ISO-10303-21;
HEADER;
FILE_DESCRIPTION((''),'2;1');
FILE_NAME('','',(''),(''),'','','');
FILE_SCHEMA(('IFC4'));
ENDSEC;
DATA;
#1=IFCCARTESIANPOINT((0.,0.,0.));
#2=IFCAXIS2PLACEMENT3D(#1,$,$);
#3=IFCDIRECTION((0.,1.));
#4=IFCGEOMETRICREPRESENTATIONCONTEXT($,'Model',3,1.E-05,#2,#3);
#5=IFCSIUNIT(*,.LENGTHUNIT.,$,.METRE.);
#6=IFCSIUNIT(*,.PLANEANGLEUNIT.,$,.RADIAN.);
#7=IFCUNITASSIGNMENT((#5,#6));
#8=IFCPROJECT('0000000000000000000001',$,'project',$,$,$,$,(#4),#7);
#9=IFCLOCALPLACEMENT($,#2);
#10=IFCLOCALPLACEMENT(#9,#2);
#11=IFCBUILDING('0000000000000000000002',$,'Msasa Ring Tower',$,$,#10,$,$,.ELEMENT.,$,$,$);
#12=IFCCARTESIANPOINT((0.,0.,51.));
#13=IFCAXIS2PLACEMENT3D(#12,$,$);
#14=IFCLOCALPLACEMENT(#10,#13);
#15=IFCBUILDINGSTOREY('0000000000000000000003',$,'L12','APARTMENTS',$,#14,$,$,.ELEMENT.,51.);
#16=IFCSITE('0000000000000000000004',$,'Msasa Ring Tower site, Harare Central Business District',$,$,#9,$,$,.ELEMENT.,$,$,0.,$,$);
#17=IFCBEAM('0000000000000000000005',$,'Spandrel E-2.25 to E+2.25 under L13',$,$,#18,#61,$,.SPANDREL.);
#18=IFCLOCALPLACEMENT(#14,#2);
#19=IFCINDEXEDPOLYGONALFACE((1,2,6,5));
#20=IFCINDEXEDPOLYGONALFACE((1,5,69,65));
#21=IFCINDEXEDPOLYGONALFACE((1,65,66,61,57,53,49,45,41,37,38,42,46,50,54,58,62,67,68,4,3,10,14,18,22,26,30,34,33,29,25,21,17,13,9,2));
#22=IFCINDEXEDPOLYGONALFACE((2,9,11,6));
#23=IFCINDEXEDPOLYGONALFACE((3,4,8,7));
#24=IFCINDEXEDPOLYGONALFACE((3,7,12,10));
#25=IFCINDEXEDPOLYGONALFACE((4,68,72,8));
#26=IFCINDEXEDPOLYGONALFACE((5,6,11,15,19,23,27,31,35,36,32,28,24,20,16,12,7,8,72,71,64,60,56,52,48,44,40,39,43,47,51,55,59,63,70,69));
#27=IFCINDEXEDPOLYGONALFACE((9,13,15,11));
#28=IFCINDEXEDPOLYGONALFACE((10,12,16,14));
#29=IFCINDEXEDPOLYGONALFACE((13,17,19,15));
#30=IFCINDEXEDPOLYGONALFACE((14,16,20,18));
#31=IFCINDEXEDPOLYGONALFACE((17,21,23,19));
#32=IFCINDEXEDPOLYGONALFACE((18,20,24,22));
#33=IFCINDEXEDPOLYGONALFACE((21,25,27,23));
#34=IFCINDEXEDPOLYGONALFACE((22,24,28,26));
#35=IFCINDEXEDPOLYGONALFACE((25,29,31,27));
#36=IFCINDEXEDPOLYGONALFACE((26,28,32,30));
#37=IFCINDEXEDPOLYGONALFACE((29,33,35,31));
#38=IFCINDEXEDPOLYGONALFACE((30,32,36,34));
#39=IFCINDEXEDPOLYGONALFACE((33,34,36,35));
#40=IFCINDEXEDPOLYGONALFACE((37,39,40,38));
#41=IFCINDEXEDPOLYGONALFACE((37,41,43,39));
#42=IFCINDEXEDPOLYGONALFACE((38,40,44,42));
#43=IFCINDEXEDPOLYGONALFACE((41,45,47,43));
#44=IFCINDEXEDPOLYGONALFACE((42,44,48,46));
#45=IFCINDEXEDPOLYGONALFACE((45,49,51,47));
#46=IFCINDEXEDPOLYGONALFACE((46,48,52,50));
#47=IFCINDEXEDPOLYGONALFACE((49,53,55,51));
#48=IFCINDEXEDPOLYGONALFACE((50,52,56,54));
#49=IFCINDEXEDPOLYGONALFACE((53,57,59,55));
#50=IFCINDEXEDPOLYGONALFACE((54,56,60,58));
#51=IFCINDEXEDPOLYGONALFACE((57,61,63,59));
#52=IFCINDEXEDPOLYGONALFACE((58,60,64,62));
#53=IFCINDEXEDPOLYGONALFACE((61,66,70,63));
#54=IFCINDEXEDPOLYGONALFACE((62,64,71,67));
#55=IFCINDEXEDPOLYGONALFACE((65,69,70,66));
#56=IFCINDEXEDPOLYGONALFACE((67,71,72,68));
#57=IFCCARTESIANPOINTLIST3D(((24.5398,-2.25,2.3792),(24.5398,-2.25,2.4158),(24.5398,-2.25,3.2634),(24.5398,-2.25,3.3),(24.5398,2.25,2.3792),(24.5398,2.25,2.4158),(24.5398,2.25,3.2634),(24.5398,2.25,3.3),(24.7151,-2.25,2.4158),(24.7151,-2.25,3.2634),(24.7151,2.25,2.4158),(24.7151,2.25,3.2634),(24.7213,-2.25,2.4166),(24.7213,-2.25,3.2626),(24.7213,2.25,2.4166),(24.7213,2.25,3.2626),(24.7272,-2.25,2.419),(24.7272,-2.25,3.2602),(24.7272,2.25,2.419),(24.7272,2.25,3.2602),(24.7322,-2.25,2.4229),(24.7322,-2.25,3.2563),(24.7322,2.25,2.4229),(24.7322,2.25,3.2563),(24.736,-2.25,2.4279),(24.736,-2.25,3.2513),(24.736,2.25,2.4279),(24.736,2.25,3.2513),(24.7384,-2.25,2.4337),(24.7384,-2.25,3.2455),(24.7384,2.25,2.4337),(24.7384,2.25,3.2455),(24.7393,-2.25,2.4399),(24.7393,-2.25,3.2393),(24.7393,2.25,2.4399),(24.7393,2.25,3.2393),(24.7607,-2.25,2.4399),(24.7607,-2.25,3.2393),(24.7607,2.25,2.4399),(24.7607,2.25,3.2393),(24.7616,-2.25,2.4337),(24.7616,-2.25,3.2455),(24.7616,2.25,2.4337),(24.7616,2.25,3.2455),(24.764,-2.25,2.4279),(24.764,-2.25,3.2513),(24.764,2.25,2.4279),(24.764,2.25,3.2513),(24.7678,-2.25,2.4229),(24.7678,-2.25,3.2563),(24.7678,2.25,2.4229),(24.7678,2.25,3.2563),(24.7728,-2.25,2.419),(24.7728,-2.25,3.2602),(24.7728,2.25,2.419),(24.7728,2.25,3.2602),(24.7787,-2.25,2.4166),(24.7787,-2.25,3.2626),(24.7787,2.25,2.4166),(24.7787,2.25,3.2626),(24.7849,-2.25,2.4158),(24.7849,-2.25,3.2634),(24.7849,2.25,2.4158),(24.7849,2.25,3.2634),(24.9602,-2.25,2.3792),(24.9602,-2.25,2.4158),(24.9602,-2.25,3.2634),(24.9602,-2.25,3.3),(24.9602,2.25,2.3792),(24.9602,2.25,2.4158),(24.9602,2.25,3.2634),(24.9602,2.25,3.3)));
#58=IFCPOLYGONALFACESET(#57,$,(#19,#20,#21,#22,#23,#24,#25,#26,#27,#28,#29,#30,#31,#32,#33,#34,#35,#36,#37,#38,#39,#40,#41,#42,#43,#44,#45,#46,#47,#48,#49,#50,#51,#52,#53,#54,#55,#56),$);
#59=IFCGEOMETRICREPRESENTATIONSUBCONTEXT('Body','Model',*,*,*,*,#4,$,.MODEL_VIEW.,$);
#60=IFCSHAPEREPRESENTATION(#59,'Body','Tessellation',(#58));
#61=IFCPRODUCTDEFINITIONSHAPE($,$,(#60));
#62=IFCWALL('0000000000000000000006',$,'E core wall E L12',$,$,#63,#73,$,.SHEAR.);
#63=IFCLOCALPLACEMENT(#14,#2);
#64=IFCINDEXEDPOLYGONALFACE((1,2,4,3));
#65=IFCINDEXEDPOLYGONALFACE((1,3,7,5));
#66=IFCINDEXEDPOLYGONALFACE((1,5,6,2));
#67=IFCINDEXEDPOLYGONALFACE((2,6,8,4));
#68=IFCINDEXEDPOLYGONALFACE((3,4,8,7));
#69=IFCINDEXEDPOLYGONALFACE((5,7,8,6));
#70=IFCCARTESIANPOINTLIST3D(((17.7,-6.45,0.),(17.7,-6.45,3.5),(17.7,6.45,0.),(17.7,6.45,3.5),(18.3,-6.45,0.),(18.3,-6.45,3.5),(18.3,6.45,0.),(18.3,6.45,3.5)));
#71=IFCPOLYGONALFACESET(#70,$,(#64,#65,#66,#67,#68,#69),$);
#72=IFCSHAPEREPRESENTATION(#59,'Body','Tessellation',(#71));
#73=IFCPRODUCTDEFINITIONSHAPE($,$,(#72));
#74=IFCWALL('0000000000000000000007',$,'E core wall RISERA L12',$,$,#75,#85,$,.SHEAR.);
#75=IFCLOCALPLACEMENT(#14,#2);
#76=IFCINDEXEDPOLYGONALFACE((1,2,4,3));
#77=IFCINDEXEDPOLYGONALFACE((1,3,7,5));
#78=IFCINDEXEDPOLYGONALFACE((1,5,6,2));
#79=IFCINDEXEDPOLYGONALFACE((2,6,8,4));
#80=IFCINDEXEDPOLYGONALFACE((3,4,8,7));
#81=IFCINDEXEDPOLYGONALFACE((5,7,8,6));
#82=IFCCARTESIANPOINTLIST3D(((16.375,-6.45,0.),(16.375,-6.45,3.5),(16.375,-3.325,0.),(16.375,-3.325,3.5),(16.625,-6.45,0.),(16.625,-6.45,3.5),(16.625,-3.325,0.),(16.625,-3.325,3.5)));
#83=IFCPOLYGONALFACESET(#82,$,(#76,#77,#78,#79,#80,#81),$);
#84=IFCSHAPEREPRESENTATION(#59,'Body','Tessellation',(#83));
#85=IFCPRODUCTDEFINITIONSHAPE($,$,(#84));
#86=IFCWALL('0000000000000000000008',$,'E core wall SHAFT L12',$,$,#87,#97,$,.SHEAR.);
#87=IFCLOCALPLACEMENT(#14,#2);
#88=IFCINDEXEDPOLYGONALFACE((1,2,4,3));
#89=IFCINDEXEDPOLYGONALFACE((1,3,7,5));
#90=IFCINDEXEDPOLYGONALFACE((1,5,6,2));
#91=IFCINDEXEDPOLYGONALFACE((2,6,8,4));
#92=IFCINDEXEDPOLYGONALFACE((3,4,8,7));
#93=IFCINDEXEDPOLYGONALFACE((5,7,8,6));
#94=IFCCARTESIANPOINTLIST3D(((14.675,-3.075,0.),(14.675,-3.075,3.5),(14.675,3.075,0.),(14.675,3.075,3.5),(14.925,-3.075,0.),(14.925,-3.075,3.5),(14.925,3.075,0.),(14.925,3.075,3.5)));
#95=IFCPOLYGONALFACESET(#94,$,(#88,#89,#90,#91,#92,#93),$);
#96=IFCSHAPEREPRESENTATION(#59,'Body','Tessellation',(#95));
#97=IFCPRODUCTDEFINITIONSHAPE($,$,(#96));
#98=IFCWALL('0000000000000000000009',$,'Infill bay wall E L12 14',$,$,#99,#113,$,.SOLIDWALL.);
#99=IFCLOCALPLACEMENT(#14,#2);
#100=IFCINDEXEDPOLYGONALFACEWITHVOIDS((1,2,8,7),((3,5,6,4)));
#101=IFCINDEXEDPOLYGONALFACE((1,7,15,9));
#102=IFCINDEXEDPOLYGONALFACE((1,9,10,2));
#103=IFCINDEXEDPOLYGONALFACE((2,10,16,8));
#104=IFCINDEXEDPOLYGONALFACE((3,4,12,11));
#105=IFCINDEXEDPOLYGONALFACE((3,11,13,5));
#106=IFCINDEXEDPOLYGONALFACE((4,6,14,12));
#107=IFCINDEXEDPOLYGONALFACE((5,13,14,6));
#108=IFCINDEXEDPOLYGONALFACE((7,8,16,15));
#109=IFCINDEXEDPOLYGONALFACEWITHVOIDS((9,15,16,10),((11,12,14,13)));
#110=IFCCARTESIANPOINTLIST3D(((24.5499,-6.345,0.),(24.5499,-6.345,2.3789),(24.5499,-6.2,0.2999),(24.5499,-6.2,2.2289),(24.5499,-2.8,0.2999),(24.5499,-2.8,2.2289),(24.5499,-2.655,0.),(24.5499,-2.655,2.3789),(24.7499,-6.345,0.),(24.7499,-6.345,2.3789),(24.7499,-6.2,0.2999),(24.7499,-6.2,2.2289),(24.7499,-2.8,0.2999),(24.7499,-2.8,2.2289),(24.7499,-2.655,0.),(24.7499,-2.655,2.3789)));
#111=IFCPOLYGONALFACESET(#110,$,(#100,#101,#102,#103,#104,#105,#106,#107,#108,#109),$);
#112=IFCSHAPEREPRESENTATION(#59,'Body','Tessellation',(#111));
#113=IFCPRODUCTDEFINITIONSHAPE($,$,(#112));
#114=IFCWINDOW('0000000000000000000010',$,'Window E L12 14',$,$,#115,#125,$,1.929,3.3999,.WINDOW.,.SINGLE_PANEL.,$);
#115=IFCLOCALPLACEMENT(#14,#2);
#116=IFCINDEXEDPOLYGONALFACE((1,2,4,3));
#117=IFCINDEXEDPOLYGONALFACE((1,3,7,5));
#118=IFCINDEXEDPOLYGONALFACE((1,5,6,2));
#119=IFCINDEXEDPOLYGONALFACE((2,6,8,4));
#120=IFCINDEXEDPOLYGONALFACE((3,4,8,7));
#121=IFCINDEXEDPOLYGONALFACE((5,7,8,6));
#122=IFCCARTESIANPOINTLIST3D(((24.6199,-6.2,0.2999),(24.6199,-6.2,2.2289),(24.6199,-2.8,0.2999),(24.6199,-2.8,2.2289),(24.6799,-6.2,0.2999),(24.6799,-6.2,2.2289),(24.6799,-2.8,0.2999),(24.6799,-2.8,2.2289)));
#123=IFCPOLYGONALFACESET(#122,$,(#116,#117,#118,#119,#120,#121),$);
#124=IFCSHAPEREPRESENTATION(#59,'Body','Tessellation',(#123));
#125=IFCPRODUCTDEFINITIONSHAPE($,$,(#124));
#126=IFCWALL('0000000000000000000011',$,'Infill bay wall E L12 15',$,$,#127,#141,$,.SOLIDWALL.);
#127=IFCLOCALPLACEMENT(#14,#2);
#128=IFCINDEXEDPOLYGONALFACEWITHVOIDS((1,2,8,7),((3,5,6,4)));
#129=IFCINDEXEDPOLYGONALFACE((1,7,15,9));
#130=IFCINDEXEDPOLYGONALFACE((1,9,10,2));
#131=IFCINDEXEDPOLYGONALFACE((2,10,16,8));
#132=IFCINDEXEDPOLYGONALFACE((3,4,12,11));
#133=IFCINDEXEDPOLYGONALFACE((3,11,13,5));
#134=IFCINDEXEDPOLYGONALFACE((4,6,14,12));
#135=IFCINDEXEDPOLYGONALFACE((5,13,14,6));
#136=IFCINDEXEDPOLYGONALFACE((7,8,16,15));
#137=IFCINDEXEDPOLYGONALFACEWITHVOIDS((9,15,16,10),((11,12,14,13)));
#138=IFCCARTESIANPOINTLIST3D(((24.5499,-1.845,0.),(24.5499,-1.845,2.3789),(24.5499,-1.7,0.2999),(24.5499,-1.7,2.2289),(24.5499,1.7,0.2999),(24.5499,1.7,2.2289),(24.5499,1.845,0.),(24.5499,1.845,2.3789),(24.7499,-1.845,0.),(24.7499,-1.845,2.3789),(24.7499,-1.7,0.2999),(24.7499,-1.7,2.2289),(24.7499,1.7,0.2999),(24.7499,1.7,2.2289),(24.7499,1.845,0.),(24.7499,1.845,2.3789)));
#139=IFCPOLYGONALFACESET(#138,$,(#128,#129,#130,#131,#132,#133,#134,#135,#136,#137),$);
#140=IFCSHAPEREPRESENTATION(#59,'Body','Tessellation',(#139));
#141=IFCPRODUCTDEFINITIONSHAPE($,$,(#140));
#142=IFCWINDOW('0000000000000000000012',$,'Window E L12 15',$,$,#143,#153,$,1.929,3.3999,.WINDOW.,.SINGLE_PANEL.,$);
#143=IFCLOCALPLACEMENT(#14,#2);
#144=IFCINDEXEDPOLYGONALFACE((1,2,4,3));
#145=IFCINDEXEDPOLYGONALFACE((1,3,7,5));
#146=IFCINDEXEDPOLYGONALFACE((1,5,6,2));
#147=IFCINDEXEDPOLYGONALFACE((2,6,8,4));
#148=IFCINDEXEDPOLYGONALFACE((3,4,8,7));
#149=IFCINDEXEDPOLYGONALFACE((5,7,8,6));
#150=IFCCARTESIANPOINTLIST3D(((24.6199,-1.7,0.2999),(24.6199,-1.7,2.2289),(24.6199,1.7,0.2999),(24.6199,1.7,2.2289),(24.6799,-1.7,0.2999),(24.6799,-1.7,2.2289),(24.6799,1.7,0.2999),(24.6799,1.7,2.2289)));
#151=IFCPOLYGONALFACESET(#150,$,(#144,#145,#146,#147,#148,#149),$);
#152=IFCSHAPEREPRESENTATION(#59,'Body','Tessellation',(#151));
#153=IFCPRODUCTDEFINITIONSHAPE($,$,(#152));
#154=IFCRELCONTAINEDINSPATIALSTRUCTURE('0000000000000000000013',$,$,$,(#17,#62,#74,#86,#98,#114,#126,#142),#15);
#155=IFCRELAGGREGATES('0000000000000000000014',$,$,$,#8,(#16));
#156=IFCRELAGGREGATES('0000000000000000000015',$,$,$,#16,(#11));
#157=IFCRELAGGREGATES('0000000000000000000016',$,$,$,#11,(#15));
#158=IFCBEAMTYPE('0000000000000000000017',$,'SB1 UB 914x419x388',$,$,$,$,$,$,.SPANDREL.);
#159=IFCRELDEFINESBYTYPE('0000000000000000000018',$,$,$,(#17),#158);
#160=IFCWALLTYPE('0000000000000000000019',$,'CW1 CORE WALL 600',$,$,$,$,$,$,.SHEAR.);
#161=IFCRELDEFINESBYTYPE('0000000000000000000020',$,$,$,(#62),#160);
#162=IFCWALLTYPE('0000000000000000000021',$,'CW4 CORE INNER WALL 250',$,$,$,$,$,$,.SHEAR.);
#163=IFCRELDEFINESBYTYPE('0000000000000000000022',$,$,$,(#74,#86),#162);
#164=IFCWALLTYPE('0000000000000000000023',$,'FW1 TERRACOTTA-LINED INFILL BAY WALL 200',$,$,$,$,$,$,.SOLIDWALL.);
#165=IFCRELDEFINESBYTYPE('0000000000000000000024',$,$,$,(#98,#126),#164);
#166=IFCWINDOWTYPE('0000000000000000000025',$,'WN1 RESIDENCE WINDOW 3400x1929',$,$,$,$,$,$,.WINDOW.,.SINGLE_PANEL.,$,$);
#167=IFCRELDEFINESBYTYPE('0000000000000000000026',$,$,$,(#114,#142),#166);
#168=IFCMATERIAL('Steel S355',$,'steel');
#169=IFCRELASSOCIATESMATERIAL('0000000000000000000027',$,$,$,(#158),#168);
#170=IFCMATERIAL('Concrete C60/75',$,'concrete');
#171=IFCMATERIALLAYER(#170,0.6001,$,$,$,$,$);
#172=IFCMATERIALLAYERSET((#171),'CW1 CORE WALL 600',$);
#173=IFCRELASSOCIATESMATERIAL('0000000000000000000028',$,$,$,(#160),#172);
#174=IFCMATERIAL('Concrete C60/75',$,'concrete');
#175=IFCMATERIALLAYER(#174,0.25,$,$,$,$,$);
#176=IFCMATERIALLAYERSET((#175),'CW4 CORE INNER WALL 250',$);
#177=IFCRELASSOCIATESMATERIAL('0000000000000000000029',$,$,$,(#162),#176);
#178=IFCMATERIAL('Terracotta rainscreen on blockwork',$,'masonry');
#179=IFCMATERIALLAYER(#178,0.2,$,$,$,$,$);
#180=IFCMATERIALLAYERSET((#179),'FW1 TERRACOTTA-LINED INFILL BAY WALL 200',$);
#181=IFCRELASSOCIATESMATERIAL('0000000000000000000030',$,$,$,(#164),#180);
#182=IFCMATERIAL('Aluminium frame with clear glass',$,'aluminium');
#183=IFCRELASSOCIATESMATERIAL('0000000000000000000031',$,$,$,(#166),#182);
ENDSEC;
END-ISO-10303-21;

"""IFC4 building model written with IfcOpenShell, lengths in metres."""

from ifc_helpers import new_model, si_unit, direction, frame, frame_2d, origin, origin_2d, place, context, subcontext, project, spatial, rectangle, i_section, extrude, material, layer, layer_set, material_profile, profile_set, type_object, element, fill, save


model = new_model("IFC4")

# Units and contexts
model_context = context("Model", 3, precision=1e-05, world=origin(), true_north=direction((0.0, 1.0)))
body_context = subcontext(model_context, "Body", "Model", "MODEL_VIEW")
ifc_project = project(units=[si_unit("LENGTHUNIT", "METRE"), si_unit("PLANEANGLEUNIT", "RADIAN")], contexts=[model_context])

# Site, building, storey
site_placement = place(None, origin())
site = spatial("IfcSite", under=ifc_project, at=site_placement, Name="Msasa Ring Tower site, Harare Central Business District", CompositionType="ELEMENT", RefElevation=0.0)
building_placement = place(site_placement, origin())
building = spatial("IfcBuilding", under=site, at=building_placement, Name="Msasa Ring Tower", CompositionType="ELEMENT")
storey_placement = place(building_placement, frame((0.0, 0.0, 51.0)))
storey = spatial("IfcBuildingStorey", under=building, at=storey_placement, Name="L12", Description="APARTMENTS", CompositionType="ELEMENT", Elevation=51.0)

# Beam
ifc_material_1 = material(Name="Steel S355", Category="steel")
ifc_material_profile_1 = material_profile(ifc_material_1, i_section(OverallWidth=0.4204, OverallDepth=0.9209, WebThickness=0.0215, FlangeThickness=0.0366, FilletRadius=0.0242, at=origin_2d()), Name="UB 914x419x388")
ifc_profile_set_1 = profile_set([ifc_material_profile_1], Name="Steel S355")
beam_type_1 = type_object("IfcBeamType", Name="SB1 UB 914x419x388", PredefinedType="SPANDREL", material=ifc_profile_set_1)
for number, where, z_axis, x_axis, name in (
    (1, (24.75, -2.25, 2.8396), (0.0, 1.0, 0.0), (-1.0, 0.0, 0.0), "Spandrel E-2.25 to E+2.25 under L13"),
):
    element("IfcBeam", number, at=place(storey_placement, frame(where, z_axis=z_axis, x_axis=x_axis)), inside=storey, type_object=beam_type_1, Name=name, PredefinedType="SPANDREL", context=body_context, shape_type="SweptSolid", body=[
        extrude(i_section(OverallWidth=0.4204, OverallDepth=0.9209, WebThickness=0.0215, FlangeThickness=0.0366, FilletRadius=0.0242, at=origin_2d()), origin(), (0.0, 0.0, 1.0), 4.5),
    ])

# Walls
ifc_material_2 = material(Name="Concrete C60/75", Category="concrete")
ifc_layer_1 = layer(ifc_material_2, 0.6001)
ifc_layer_set_1 = layer_set([ifc_layer_1], Name="CW1 CORE WALL 600")
wall_type_1 = type_object("IfcWallType", Name="CW1 CORE WALL 600", PredefinedType="SHEAR", material=ifc_layer_set_1)
wall_1_placement = place(storey_placement, frame((18.0, -6.45, 0.0), z_axis=(0.0, 0.0, 1.0), x_axis=(0.0, 1.0, 0.0)))
element("IfcWall", 2, at=wall_1_placement, inside=storey, type_object=wall_type_1, Name="E core wall E L12", PredefinedType="SHEAR", context=body_context, shape_type="SweptSolid", body=[
    extrude(rectangle(XDim=12.8999, YDim=0.6001, at=frame_2d((6.45, 0.0))), origin(), (0.0, 0.0, 1.0), 3.5),
])
ifc_material_3 = material(Name="Concrete C60/75", Category="concrete")
ifc_layer_2 = layer(ifc_material_3, 0.25)
ifc_layer_set_2 = layer_set([ifc_layer_2], Name="CW4 CORE INNER WALL 250")
wall_type_2 = type_object("IfcWallType", Name="CW4 CORE INNER WALL 250", PredefinedType="SHEAR", material=ifc_layer_set_2)
wall_2_placement = place(storey_placement, frame((16.5, -6.45, 0.0), z_axis=(0.0, 0.0, 1.0), x_axis=(0.0, 1.0, 0.0)))
element("IfcWall", 3, at=wall_2_placement, inside=storey, type_object=wall_type_2, Name="E core wall RISERA L12", PredefinedType="SHEAR", context=body_context, shape_type="SweptSolid", body=[
    extrude(rectangle(XDim=3.125, YDim=0.25, at=frame_2d((1.5625, 0.0))), origin(), (0.0, 0.0, 1.0), 3.5),
])
wall_3_placement = place(storey_placement, frame((14.8, -3.075, 0.0), z_axis=(0.0, 0.0, 1.0), x_axis=(0.0, 1.0, 0.0)))
element("IfcWall", 4, at=wall_3_placement, inside=storey, type_object=wall_type_2, Name="E core wall SHAFT L12", PredefinedType="SHEAR", context=body_context, shape_type="SweptSolid", body=[
    extrude(rectangle(XDim=6.1499, YDim=0.25, at=frame_2d((3.075, 0.0))), origin(), (0.0, 0.0, 1.0), 3.5),
])

# Walls, openings, windows
ifc_material_4 = material(Name="Terracotta rainscreen on blockwork", Category="masonry")
ifc_layer_3 = layer(ifc_material_4, 0.2)
ifc_layer_set_3 = layer_set([ifc_layer_3], Name="FW1 TERRACOTTA-LINED INFILL BAY WALL 200")
wall_type_3 = type_object("IfcWallType", Name="FW1 TERRACOTTA-LINED INFILL BAY WALL 200", PredefinedType="SOLIDWALL", material=ifc_layer_set_3)
wall_4_placement = place(storey_placement, frame((24.6499, -6.345, 0.0), z_axis=(0.0, 0.0, 1.0), x_axis=(0.0, 1.0, 0.0)))
wall_4 = element("IfcWall", 5, at=wall_4_placement, inside=storey, type_object=wall_type_3, Name="Infill bay wall E L12 14", PredefinedType="SOLIDWALL", context=body_context, shape_type="SweptSolid", body=[
    extrude(rectangle(XDim=3.6899, YDim=0.2, at=frame_2d((1.845, 0.0))), origin(), (0.0, 0.0, 1.0), 2.3789),
])
opening_1_placement = place(wall_4_placement, frame((0.145, 0.0, 0.3)))
opening_1 = element("IfcOpeningElement", 6, at=opening_1_placement, cuts=wall_4, PredefinedType="OPENING", context=body_context, shape_type="SweptSolid", body=[
    extrude(rectangle(XDim=3.3999, YDim=1.929, at=frame_2d((1.7, 0.9644))), frame((0.0, 0.1099, 0.0), z_axis=(0.0, -1.0, 0.0), x_axis=(1.0, 0.0, 0.0)), (0.0, 0.0, 1.0), 0.22),
])
ifc_material_5 = material(Name="Aluminium frame with clear glass", Category="aluminium")
window_type = type_object("IfcWindowType", Name="WN1 RESIDENCE WINDOW 3400x1929", PartitioningType="SINGLE_PANEL", PredefinedType="WINDOW", material=ifc_material_5)
window_1_placement = place(opening_1_placement, origin())
window_1 = element("IfcWindow", 7, at=window_1_placement, inside=storey, type_object=window_type, Name="Window E L12 14", OverallHeight=1.929, OverallWidth=3.3999, PartitioningType="SINGLE_PANEL", PredefinedType="WINDOW", context=body_context, shape_type="SweptSolid", body=[
    extrude(rectangle(XDim=3.3999, YDim=1.929, at=frame_2d((1.7, 0.9644))), frame((0.0, 0.03, 0.0), z_axis=(0.0, -1.0, 0.0), x_axis=(1.0, 0.0, 0.0)), (0.0, 0.0, 1.0), 0.0601),
])
fill(opening_1, window_1)
wall_5_placement = place(storey_placement, frame((24.6499, -1.845, 0.0), z_axis=(0.0, 0.0, 1.0), x_axis=(0.0, 1.0, 0.0)))
wall_5 = element("IfcWall", 8, at=wall_5_placement, inside=storey, type_object=wall_type_3, Name="Infill bay wall E L12 15", PredefinedType="SOLIDWALL", context=body_context, shape_type="SweptSolid", body=[
    extrude(rectangle(XDim=3.6899, YDim=0.2, at=frame_2d((1.845, 0.0))), origin(), (0.0, 0.0, 1.0), 2.3789),
])
opening_2_placement = place(wall_5_placement, frame((0.145, 0.0, 0.3)))
opening_2 = element("IfcOpeningElement", 9, at=opening_2_placement, cuts=wall_5, PredefinedType="OPENING", context=body_context, shape_type="SweptSolid", body=[
    extrude(rectangle(XDim=3.3999, YDim=1.929, at=frame_2d((1.7, 0.9644))), frame((0.0, 0.1099, 0.0), z_axis=(0.0, -1.0, 0.0), x_axis=(1.0, 0.0, 0.0)), (0.0, 0.0, 1.0), 0.22),
])
window_2_placement = place(opening_2_placement, origin())
window_2 = element("IfcWindow", 10, at=window_2_placement, inside=storey, type_object=window_type, Name="Window E L12 15", OverallHeight=1.929, OverallWidth=3.3999, PartitioningType="SINGLE_PANEL", PredefinedType="WINDOW", context=body_context, shape_type="SweptSolid", body=[
    extrude(rectangle(XDim=3.3999, YDim=1.929, at=frame_2d((1.7, 0.9644))), frame((0.0, 0.03, 0.0), z_axis=(0.0, -1.0, 0.0), x_axis=(1.0, 0.0, 0.0)), (0.0, 0.0, 1.0), 0.0601),
])
fill(opening_2, window_2)

save(model, "model.ifc")
